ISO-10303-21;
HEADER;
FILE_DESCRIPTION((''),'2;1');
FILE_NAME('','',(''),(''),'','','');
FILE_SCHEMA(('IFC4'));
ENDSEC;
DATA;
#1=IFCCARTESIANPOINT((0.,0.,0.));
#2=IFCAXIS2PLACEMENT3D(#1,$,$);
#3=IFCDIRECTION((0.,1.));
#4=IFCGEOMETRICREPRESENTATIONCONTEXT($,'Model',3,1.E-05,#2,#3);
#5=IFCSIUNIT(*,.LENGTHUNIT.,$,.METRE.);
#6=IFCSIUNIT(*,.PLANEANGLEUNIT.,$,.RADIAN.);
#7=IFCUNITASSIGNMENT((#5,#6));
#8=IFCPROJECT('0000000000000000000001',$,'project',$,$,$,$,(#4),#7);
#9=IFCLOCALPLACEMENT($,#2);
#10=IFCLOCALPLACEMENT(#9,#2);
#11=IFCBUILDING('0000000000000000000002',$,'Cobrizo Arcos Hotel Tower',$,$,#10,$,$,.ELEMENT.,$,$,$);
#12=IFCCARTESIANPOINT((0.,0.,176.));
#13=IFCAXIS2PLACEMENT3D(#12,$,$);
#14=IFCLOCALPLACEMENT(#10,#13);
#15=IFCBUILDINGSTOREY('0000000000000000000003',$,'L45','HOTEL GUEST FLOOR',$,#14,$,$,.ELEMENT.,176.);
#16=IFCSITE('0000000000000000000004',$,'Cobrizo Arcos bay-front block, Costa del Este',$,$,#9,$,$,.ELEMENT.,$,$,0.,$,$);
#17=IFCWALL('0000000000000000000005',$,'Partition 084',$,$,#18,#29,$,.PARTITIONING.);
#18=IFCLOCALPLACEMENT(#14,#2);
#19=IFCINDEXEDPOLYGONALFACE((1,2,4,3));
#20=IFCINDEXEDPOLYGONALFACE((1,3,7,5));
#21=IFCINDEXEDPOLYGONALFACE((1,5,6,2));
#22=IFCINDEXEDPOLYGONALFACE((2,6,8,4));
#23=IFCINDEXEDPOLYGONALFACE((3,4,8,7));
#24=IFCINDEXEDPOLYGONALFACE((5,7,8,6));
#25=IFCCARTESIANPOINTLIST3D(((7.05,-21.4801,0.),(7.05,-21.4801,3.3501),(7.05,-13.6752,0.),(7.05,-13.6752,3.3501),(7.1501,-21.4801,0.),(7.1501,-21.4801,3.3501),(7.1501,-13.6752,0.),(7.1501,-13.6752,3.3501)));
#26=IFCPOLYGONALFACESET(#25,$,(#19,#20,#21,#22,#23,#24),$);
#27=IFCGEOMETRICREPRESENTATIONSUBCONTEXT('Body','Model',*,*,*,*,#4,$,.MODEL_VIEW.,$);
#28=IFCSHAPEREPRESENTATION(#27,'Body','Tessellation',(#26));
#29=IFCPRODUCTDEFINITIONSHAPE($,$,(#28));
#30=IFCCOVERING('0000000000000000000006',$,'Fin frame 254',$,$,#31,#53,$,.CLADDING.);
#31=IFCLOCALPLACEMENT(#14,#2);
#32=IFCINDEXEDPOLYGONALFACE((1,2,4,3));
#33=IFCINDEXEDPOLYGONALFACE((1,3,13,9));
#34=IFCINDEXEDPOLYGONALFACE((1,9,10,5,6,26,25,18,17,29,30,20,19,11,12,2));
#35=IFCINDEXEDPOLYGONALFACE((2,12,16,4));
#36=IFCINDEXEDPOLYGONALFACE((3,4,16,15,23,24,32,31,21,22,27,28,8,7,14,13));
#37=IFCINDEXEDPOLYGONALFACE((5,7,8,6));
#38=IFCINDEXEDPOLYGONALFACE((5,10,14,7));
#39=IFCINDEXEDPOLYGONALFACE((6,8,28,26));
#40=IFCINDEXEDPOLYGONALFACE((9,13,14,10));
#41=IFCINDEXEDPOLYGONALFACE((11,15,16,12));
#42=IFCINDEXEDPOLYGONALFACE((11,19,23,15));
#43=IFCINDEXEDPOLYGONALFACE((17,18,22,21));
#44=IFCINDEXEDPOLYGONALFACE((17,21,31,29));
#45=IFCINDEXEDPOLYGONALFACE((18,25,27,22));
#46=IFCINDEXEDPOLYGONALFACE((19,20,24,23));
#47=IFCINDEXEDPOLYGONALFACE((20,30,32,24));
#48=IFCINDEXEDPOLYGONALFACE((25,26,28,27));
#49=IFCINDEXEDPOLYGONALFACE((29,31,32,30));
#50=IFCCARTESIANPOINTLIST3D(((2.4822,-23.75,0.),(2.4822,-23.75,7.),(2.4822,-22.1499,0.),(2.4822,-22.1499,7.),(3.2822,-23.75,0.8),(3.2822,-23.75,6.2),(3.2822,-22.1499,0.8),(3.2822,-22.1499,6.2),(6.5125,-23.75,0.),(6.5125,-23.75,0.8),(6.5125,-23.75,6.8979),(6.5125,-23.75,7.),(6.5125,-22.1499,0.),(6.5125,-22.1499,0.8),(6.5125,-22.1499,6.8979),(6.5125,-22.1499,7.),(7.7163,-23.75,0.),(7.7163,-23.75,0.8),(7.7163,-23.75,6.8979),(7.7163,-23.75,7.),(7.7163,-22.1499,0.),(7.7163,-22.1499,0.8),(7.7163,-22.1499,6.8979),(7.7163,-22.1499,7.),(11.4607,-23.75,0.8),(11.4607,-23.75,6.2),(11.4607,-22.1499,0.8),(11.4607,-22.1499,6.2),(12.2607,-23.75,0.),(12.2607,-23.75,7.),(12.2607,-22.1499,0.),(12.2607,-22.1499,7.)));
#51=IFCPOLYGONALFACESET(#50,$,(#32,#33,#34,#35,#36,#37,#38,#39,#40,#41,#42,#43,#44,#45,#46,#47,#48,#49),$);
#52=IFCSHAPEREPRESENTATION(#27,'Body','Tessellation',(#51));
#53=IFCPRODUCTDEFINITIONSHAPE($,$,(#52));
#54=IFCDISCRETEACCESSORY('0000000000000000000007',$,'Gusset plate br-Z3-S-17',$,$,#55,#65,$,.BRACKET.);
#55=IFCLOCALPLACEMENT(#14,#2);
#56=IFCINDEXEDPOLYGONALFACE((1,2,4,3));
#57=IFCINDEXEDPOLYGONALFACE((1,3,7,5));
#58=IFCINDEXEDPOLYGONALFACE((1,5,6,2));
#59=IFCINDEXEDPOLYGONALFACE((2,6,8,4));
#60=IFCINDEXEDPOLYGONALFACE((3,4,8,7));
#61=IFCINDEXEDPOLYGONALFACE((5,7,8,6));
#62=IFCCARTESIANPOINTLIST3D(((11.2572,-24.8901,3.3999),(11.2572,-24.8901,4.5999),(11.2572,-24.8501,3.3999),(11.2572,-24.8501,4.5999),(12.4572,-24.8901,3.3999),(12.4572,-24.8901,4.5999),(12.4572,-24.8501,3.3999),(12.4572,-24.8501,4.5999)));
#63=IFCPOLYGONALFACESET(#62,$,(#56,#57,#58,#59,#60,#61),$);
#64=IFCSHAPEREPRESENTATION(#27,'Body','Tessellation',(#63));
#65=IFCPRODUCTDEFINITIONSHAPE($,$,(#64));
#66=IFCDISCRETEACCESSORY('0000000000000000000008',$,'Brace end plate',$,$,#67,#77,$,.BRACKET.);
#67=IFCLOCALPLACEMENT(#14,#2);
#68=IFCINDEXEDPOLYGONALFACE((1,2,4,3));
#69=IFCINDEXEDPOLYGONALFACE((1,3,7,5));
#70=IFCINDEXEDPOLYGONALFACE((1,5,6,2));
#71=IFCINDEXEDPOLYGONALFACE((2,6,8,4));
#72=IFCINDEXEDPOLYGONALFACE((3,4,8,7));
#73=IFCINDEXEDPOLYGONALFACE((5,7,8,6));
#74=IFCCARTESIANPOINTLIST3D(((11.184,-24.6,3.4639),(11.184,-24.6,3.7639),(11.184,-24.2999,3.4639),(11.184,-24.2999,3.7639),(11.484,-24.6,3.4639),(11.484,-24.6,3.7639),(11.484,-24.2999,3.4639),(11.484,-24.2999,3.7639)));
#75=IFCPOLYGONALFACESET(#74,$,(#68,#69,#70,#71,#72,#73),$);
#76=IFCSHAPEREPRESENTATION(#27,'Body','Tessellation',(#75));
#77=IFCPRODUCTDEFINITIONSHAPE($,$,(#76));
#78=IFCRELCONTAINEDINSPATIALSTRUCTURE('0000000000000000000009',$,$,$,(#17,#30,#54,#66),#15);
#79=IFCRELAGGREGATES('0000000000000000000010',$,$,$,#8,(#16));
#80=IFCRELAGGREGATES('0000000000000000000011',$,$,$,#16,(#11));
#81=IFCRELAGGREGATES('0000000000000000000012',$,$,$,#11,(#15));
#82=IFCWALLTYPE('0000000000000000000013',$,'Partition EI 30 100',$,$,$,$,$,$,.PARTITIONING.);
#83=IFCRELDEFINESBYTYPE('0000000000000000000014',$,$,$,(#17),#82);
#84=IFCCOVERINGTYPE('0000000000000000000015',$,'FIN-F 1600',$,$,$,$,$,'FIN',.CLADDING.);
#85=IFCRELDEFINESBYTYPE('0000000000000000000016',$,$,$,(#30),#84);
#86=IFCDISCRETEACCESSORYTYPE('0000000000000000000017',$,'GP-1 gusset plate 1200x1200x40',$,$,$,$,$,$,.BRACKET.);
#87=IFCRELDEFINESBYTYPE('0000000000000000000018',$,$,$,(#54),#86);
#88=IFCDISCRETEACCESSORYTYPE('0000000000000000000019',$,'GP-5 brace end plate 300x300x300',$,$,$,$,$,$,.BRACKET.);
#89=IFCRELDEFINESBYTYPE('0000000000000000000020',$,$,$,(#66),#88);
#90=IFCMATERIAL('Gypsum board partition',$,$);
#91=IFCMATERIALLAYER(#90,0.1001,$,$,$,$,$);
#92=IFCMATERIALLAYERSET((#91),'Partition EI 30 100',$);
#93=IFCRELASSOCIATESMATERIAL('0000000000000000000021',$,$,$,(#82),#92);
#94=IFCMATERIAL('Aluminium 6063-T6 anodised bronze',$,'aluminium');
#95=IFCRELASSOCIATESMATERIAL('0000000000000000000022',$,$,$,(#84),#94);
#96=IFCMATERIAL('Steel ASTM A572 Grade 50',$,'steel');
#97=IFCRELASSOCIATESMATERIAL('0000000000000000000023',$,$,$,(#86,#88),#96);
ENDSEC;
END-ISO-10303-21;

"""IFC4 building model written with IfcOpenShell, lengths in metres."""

from ifc_helpers import new_model, si_unit, direction, frame, frame_2d, origin, origin_2d, place, context, subcontext, project, spatial, polyline, rectangle, outline, extrude, material, layer, layer_set, type_object, element, save


model = new_model("IFC4")

# Units and contexts
model_context = context("Model", 3, precision=1e-05, world=origin(), true_north=direction((0.0, 1.0)))
body_context = subcontext(model_context, "Body", "Model", "MODEL_VIEW")
ifc_project = project(units=[si_unit("LENGTHUNIT", "METRE"), si_unit("PLANEANGLEUNIT", "RADIAN")], contexts=[model_context])

# Site, building, storey
site_placement = place(None, origin())
site = spatial("IfcSite", under=ifc_project, at=site_placement, Name="Cobrizo Arcos bay-front block, Costa del Este", CompositionType="ELEMENT", RefElevation=0.0)
building_placement = place(site_placement, origin())
building = spatial("IfcBuilding", under=site, at=building_placement, Name="Cobrizo Arcos Hotel Tower", CompositionType="ELEMENT")
storey_placement = place(building_placement, frame((0.0, 0.0, 176.0)))
storey = spatial("IfcBuildingStorey", under=building, at=storey_placement, Name="L45", Description="HOTEL GUEST FLOOR", CompositionType="ELEMENT", Elevation=176.0)

# Shared definitions
ifc_material_1 = material(Name="Steel ASTM A572 Grade 50", Category="steel")

# Shared definitions
ifc_material_2 = material(Name="Aluminium 6063-T6 anodised bronze", Category="aluminium")

# Shared definitions
ifc_material_3 = material(Name="Gypsum board partition")
ifc_layer_1 = layer(ifc_material_3, 0.1001)
ifc_layer_set_1 = layer_set([ifc_layer_1], Name="Partition EI 30 100")
wall_type = type_object("IfcWallType", Name="Partition EI 30 100", PredefinedType="PARTITIONING", material=ifc_layer_set_1)

# Wall
wall_1_placement = place(storey_placement, frame((7.1001, -21.48, 0.0), z_axis=(0.0, 0.0, 1.0), x_axis=(0.0, 1.0, 0.0)))
element("IfcWall", 1, at=wall_1_placement, inside=storey, type_object=wall_type, Name="Partition 084", PredefinedType="PARTITIONING", context=body_context, shape_type="SweptSolid", body=[
    extrude(rectangle(XDim=7.8049, YDim=0.1001, at=frame_2d((3.9023, 0.0))), origin(), (0.0, 0.0, 1.0), 3.3501),
])

# Covering
covering_type = type_object("IfcCoveringType", Name="FIN-F 1600", ElementType="FIN", PredefinedType="CLADDING", material=ifc_material_2)
covering_placement = place(storey_placement, frame((2.4822, -22.1499, 0.0), z_axis=(0.0, -1.0, 0.0), x_axis=(1.0, 0.0, 0.0)))
element("IfcCovering", 2, at=covering_placement, inside=storey, type_object=covering_type, Name="Fin frame 254", PredefinedType="CLADDING", context=body_context, shape_type="SweptSolid", body=[
    extrude(outline(polyline([(0.0, 0.0), (4.0303, 0.0), (4.0303, 0.8), (0.8, 0.8), (0.8, 6.2), (8.9785, 6.2), (8.9785, 0.8), (5.2341, 0.8), (5.2341, 0.0), (9.7786, 0.0), (9.7786, 7.0), (5.2341, 7.0), (5.2341, 6.8979), (4.0303, 6.8979), (4.0303, 7.0), (0.0, 7.0), (0.0, 0.0)])), origin(), (0.0, 0.0, 1.0), 1.6001),
])

# Discrete accessories
discrete_accessory_type_1 = type_object("IfcDiscreteAccessoryType", Name="GP-1 gusset plate 1200x1200x40", PredefinedType="BRACKET", material=ifc_material_1)
discrete_accessory_1_placement = place(storey_placement, frame((11.8572, -24.8701, 3.3999), z_axis=(0.0, 0.0, 1.0), x_axis=(1.0, 0.0, 0.0)))
element("IfcDiscreteAccessory", 3, at=discrete_accessory_1_placement, inside=storey, type_object=discrete_accessory_type_1, Name="Gusset plate br-Z3-S-17", PredefinedType="BRACKET", context=body_context, shape_type="SweptSolid", body=[
    extrude(rectangle(XDim=1.2, YDim=0.04, at=origin_2d()), origin(), (0.0, 0.0, 1.0), 1.2),
])
discrete_accessory_type_2 = type_object("IfcDiscreteAccessoryType", Name="GP-5 brace end plate 300x300x300", PredefinedType="BRACKET", material=ifc_material_1)
discrete_accessory_2_placement = place(storey_placement, frame((11.334, -24.45, 3.4639), z_axis=(0.0, 0.0, 1.0), x_axis=(1.0, 0.0, 0.0)))
element("IfcDiscreteAccessory", 4, at=discrete_accessory_2_placement, inside=storey, type_object=discrete_accessory_type_2, Name="Brace end plate", PredefinedType="BRACKET", context=body_context, shape_type="SweptSolid", body=[
    extrude(rectangle(XDim=0.3, YDim=0.3, at=origin_2d()), origin(), (0.0, 0.0, 1.0), 0.3),
])

save(model, "model.ifc")
